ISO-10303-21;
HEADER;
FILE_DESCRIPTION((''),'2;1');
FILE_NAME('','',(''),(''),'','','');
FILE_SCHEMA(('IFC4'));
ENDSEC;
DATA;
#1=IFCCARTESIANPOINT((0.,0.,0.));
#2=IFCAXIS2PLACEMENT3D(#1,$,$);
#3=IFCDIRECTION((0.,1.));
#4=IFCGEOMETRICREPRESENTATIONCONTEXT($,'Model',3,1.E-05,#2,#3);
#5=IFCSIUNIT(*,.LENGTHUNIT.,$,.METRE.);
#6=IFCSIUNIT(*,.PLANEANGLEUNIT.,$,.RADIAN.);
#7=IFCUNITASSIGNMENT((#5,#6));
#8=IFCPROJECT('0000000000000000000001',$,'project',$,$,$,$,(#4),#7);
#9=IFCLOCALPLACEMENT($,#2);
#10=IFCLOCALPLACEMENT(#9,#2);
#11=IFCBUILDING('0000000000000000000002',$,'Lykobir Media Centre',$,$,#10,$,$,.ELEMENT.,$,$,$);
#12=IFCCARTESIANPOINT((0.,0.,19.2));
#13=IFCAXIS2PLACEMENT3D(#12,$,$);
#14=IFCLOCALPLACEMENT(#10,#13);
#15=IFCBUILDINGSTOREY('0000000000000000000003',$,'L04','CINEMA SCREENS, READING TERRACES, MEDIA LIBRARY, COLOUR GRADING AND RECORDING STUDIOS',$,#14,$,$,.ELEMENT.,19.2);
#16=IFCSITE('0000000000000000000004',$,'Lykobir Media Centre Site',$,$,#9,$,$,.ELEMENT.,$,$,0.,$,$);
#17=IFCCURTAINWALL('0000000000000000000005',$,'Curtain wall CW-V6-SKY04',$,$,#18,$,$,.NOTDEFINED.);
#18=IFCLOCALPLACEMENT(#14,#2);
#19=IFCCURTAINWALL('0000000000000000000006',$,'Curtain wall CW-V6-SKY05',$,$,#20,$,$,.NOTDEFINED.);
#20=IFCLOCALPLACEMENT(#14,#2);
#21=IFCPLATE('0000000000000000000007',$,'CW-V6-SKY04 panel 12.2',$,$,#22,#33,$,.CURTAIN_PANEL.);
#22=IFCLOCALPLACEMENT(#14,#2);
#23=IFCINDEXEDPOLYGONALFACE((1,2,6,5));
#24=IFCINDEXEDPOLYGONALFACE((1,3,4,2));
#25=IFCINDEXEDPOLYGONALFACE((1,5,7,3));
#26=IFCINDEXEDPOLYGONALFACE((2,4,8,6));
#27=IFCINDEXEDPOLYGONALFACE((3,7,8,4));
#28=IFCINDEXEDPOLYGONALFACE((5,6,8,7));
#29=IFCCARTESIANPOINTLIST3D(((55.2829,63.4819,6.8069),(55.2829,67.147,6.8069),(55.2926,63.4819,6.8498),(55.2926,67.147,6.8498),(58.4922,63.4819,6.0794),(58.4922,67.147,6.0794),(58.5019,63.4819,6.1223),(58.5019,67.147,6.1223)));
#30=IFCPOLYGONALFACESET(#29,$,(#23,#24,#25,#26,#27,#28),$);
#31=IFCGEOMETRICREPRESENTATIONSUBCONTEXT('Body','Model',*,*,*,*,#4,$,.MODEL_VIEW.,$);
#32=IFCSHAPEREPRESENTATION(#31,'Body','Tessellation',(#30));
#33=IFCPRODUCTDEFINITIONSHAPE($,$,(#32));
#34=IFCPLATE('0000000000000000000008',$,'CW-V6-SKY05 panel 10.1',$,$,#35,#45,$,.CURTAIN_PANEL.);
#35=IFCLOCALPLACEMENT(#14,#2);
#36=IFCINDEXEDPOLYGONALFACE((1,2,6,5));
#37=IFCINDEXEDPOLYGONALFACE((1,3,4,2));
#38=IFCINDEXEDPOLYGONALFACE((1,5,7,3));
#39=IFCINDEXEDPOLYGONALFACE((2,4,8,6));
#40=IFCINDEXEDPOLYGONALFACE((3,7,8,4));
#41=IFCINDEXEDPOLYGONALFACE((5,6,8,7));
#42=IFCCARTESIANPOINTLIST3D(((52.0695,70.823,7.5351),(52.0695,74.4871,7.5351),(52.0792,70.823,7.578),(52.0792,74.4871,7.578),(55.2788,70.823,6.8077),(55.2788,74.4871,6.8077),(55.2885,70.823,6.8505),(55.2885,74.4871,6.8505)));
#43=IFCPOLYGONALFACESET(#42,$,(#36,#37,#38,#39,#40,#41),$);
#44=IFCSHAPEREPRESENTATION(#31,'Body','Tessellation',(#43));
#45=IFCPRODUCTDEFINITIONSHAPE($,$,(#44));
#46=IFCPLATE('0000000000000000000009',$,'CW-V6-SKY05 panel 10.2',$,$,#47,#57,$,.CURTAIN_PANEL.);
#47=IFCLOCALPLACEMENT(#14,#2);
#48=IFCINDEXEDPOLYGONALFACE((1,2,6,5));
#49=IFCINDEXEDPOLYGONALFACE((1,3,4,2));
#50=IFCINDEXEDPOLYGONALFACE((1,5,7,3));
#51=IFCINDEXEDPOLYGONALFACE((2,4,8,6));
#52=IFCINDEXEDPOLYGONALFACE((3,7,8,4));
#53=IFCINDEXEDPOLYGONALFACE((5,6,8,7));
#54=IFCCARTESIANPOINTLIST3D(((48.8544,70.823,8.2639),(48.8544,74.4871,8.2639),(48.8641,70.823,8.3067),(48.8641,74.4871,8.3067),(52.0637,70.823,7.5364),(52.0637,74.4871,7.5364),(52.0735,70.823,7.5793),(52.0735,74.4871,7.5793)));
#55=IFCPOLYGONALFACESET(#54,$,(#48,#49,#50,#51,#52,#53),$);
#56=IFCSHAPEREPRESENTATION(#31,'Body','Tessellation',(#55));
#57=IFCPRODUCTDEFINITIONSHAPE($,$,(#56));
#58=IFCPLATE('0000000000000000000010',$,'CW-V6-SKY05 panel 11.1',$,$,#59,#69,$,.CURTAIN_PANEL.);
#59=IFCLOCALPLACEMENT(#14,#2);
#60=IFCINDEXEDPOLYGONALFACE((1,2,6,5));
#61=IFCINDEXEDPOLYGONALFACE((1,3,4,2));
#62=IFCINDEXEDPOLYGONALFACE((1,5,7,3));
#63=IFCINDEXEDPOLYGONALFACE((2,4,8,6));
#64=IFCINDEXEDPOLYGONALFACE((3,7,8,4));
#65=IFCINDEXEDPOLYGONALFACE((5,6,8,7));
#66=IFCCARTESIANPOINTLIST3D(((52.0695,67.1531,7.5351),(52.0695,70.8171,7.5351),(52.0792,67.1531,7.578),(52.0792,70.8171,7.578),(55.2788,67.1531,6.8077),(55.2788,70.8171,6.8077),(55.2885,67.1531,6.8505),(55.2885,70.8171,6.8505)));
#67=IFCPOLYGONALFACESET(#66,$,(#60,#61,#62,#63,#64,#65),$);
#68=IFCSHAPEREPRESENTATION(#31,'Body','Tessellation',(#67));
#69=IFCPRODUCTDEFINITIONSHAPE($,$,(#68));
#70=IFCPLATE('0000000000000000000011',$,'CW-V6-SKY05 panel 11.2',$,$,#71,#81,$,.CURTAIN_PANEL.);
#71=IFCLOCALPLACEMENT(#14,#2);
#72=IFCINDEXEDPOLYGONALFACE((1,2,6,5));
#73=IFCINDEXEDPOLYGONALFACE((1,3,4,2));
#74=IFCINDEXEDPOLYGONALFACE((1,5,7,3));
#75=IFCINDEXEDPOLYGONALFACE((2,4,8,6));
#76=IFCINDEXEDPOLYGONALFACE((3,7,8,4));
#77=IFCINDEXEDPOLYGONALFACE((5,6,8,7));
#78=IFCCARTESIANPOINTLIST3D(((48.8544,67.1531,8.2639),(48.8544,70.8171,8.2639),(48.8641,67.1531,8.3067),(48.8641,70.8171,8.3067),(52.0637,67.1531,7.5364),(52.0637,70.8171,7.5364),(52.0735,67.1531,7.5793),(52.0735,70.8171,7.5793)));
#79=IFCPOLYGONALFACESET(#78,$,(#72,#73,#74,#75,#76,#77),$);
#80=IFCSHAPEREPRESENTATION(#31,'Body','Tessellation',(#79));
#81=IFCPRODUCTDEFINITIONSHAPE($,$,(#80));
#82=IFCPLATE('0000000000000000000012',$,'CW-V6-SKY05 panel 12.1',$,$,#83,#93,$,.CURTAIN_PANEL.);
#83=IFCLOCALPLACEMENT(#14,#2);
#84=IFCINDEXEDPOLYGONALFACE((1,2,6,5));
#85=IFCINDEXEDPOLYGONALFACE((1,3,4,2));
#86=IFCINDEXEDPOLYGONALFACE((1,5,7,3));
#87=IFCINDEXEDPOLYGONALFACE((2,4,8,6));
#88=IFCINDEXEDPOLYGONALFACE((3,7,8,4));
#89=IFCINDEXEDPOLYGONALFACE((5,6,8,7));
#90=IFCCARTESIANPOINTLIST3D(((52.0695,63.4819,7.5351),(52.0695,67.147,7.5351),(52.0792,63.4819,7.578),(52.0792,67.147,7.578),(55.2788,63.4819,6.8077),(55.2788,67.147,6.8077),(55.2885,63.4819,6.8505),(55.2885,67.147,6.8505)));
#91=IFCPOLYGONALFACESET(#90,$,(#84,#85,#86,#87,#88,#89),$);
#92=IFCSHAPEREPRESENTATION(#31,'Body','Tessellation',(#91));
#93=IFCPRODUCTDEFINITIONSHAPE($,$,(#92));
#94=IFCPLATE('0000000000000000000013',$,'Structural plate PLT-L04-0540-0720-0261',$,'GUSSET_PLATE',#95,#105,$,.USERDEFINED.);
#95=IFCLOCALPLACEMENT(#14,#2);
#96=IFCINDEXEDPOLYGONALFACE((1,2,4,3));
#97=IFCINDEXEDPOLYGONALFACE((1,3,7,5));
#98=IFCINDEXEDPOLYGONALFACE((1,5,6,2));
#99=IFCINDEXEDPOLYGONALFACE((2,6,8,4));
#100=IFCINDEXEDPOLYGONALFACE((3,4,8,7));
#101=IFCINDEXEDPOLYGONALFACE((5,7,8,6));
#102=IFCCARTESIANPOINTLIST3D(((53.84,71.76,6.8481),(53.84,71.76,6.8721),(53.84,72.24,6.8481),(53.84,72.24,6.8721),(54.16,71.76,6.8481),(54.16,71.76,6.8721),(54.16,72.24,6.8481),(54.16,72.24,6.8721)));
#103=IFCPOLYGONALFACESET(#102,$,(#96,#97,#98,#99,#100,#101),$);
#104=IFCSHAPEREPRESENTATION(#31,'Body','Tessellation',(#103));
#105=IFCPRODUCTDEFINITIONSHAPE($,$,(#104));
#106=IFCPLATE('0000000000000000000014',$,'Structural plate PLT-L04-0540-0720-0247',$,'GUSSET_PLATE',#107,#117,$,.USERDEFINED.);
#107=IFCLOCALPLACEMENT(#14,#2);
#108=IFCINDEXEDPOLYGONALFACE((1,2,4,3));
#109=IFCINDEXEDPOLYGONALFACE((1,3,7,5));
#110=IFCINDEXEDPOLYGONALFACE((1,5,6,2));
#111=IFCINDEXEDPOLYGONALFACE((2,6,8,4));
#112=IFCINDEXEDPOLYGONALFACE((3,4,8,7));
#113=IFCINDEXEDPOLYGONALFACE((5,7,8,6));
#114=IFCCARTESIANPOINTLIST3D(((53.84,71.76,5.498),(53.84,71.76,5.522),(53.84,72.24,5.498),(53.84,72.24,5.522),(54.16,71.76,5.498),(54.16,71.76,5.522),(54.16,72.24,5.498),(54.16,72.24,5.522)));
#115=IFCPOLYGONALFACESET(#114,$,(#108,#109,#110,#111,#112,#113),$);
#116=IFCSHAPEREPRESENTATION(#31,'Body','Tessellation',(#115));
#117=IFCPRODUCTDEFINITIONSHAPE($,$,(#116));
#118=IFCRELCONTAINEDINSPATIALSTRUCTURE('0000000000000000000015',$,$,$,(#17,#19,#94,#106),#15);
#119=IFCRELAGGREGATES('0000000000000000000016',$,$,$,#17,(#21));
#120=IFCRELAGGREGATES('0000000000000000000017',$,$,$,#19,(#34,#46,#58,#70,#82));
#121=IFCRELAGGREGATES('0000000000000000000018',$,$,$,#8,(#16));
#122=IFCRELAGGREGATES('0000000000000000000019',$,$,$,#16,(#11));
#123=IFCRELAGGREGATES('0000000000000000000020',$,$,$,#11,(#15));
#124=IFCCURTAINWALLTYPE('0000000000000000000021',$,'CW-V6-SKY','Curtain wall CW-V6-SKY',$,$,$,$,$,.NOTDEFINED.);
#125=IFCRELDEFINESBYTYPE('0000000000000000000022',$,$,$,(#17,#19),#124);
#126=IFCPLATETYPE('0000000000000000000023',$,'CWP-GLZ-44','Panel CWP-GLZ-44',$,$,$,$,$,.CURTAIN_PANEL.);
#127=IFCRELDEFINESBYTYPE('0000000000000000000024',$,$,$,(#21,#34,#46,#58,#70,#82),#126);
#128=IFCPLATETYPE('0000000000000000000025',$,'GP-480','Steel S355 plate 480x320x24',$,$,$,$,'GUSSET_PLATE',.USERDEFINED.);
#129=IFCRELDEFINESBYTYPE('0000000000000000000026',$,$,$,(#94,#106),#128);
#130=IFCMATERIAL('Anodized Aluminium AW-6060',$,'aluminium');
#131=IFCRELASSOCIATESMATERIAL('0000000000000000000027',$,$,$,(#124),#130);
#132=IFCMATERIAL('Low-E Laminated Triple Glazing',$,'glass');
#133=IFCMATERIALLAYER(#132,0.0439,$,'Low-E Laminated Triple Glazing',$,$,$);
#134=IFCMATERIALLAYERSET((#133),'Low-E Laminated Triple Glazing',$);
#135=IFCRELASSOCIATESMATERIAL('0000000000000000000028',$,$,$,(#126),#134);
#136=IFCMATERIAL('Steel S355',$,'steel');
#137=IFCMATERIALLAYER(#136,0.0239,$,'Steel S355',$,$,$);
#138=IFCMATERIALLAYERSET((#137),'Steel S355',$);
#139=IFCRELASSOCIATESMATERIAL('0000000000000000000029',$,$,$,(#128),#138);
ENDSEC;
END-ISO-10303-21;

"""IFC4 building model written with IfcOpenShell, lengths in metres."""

from ifc_helpers import new_model, si_unit, direction, frame, origin, origin_2d, place, context, subcontext, project, spatial, rectangle, extrude, material, layer, layer_set, type_object, element, aggregate, save


model = new_model("IFC4")

# Units and contexts
model_context = context("Model", 3, precision=1e-05, world=origin(), true_north=direction((0.0, 1.0)))
body_context = subcontext(model_context, "Body", "Model", "MODEL_VIEW")
ifc_project = project(units=[si_unit("LENGTHUNIT", "METRE"), si_unit("PLANEANGLEUNIT", "RADIAN")], contexts=[model_context])

# Site, building, storey
site_placement = place(None, origin())
site = spatial("IfcSite", under=ifc_project, at=site_placement, Name="Lykobir Media Centre Site", CompositionType="ELEMENT", RefElevation=0.0)
building_placement = place(site_placement, origin())
building = spatial("IfcBuilding", under=site, at=building_placement, Name="Lykobir Media Centre", CompositionType="ELEMENT")
storey_placement = place(building_placement, frame((0.0, 0.0, 19.2)))
storey = spatial("IfcBuildingStorey", under=building, at=storey_placement, Name="L04", Description="CINEMA SCREENS, READING TERRACES, MEDIA LIBRARY, COLOUR GRADING AND RECORDING STUDIOS", CompositionType="ELEMENT", Elevation=19.2)

# Shared definitions
ifc_material_1 = material(Name="Steel S355", Category="steel")

# Curtain walls
ifc_material_2 = material(Name="Anodized Aluminium AW-6060", Category="aluminium")
curtain_wall_type = type_object("IfcCurtainWallType", Name="CW-V6-SKY", Description="Curtain wall CW-V6-SKY", PredefinedType="NOTDEFINED", material=ifc_material_2)
curtain_wall_1_placement = place(storey_placement, origin())
curtain_wall_1 = element("IfcCurtainWall", 1, at=curtain_wall_1_placement, inside=storey, type_object=curtain_wall_type, Name="Curtain wall CW-V6-SKY04", PredefinedType="NOTDEFINED")
curtain_wall_2_placement = place(storey_placement, origin())
curtain_wall_2 = element("IfcCurtainWall", 2, at=curtain_wall_2_placement, inside=storey, type_object=curtain_wall_type, Name="Curtain wall CW-V6-SKY05", PredefinedType="NOTDEFINED")

# Plates
ifc_material_3 = material(Name="Low-E Laminated Triple Glazing", Category="glass")
ifc_layer_1 = layer(ifc_material_3, 0.0439, Name="Low-E Laminated Triple Glazing")
ifc_layer_set_1 = layer_set([ifc_layer_1], Name="Low-E Laminated Triple Glazing")
plate_type_1 = type_object("IfcPlateType", Name="CWP-GLZ-44", Description="Panel CWP-GLZ-44", PredefinedType="CURTAIN_PANEL", material=ifc_layer_set_1)
plate_1_placement = place(storey_placement, frame((58.4971, 65.3145, 6.1008), z_axis=(-0.975258, 0.0, 0.221072), x_axis=(0.0, -1.0, 0.0)))
plate_1 = element("IfcPlate", 3, at=plate_1_placement, type_object=plate_type_1, Name="CW-V6-SKY04 panel 12.2", PredefinedType="CURTAIN_PANEL", context=body_context, shape_type="SweptSolid", body=[
    extrude(rectangle(XDim=3.665, YDim=0.0439, at=origin_2d()), origin(), (0.0, 0.0, 1.0), 3.2908),
])
aggregate(curtain_wall_1, [plate_1])
plate_2_placement = place(storey_placement, frame((55.2837, 72.655, 6.8291), z_axis=(-0.975261, 0.0, 0.221055), x_axis=(0.0, -1.0, 0.0)))
plate_2 = element("IfcPlate", 4, at=plate_2_placement, type_object=plate_type_1, Name="CW-V6-SKY05 panel 10.1", PredefinedType="CURTAIN_PANEL", context=body_context, shape_type="SweptSolid", body=[
    extrude(rectangle(XDim=3.6641, YDim=0.0439, at=origin_2d()), origin(), (0.0, 0.0, 1.0), 3.2908),
])
plate_3_placement = place(storey_placement, frame((52.0686, 72.655, 7.5579), z_axis=(-0.975261, 0.0, 0.221055), x_axis=(0.0, -1.0, 0.0)))
plate_3 = element("IfcPlate", 5, at=plate_3_placement, type_object=plate_type_1, Name="CW-V6-SKY05 panel 10.2", PredefinedType="CURTAIN_PANEL", context=body_context, shape_type="SweptSolid", body=[
    extrude(rectangle(XDim=3.6641, YDim=0.0439, at=origin_2d()), origin(), (0.0, 0.0, 1.0), 3.2908),
])
plate_4_placement = place(storey_placement, frame((55.2837, 68.9851, 6.8291), z_axis=(-0.975261, 0.0, 0.221055), x_axis=(0.0, -1.0, 0.0)))
plate_4 = element("IfcPlate", 6, at=plate_4_placement, type_object=plate_type_1, Name="CW-V6-SKY05 panel 11.1", PredefinedType="CURTAIN_PANEL", context=body_context, shape_type="SweptSolid", body=[
    extrude(rectangle(XDim=3.6641, YDim=0.0439, at=origin_2d()), origin(), (0.0, 0.0, 1.0), 3.2908),
])
plate_5_placement = place(storey_placement, frame((52.0686, 68.9851, 7.5579), z_axis=(-0.975261, 0.0, 0.221055), x_axis=(0.0, -1.0, 0.0)))
plate_5 = element("IfcPlate", 7, at=plate_5_placement, type_object=plate_type_1, Name="CW-V6-SKY05 panel 11.2", PredefinedType="CURTAIN_PANEL", context=body_context, shape_type="SweptSolid", body=[
    extrude(rectangle(XDim=3.6641, YDim=0.0439, at=origin_2d()), origin(), (0.0, 0.0, 1.0), 3.2908),
])
plate_6_placement = place(storey_placement, frame((55.2837, 65.3145, 6.8291), z_axis=(-0.975261, 0.0, 0.221055), x_axis=(0.0, -1.0, 0.0)))
plate_6 = element("IfcPlate", 8, at=plate_6_placement, type_object=plate_type_1, Name="CW-V6-SKY05 panel 12.1", PredefinedType="CURTAIN_PANEL", context=body_context, shape_type="SweptSolid", body=[
    extrude(rectangle(XDim=3.665, YDim=0.0439, at=origin_2d()), origin(), (0.0, 0.0, 1.0), 3.2908),
])
aggregate(curtain_wall_2, [plate_2, plate_3, plate_4, plate_5, plate_6])

# Plates
ifc_layer_2 = layer(ifc_material_1, 0.0239, Name="Steel S355")
ifc_layer_set_2 = layer_set([ifc_layer_2], Name="Steel S355")
plate_type_2 = type_object("IfcPlateType", Name="GP-480", Description="Steel S355 plate 480x320x24", ElementType="GUSSET_PLATE", PredefinedType="USERDEFINED", material=ifc_layer_set_2)
for number, where, z_axis, x_axis, name in (
    (9, (54.0, 72.0, 6.8481), (0.0, 0.0, 1.0), (0.0, 1.0, 0.0), "Structural plate PLT-L04-0540-0720-0261"),
    (10, (54.0, 72.0, 5.498), (0.0, 0.0, 1.0), (0.0, 1.0, 0.0), "Structural plate PLT-L04-0540-0720-0247"),
):
    element("IfcPlate", number, at=place(storey_placement, frame(where, z_axis=z_axis, x_axis=x_axis)), inside=storey, type_object=plate_type_2, Name=name, ObjectType="GUSSET_PLATE", PredefinedType="USERDEFINED", context=body_context, shape_type="SweptSolid", body=[
        extrude(rectangle(XDim=0.48, YDim=0.3201, at=origin_2d()), origin(), (0.0, 0.0, 1.0), 0.0239),
    ])

save(model, "model.ifc")
